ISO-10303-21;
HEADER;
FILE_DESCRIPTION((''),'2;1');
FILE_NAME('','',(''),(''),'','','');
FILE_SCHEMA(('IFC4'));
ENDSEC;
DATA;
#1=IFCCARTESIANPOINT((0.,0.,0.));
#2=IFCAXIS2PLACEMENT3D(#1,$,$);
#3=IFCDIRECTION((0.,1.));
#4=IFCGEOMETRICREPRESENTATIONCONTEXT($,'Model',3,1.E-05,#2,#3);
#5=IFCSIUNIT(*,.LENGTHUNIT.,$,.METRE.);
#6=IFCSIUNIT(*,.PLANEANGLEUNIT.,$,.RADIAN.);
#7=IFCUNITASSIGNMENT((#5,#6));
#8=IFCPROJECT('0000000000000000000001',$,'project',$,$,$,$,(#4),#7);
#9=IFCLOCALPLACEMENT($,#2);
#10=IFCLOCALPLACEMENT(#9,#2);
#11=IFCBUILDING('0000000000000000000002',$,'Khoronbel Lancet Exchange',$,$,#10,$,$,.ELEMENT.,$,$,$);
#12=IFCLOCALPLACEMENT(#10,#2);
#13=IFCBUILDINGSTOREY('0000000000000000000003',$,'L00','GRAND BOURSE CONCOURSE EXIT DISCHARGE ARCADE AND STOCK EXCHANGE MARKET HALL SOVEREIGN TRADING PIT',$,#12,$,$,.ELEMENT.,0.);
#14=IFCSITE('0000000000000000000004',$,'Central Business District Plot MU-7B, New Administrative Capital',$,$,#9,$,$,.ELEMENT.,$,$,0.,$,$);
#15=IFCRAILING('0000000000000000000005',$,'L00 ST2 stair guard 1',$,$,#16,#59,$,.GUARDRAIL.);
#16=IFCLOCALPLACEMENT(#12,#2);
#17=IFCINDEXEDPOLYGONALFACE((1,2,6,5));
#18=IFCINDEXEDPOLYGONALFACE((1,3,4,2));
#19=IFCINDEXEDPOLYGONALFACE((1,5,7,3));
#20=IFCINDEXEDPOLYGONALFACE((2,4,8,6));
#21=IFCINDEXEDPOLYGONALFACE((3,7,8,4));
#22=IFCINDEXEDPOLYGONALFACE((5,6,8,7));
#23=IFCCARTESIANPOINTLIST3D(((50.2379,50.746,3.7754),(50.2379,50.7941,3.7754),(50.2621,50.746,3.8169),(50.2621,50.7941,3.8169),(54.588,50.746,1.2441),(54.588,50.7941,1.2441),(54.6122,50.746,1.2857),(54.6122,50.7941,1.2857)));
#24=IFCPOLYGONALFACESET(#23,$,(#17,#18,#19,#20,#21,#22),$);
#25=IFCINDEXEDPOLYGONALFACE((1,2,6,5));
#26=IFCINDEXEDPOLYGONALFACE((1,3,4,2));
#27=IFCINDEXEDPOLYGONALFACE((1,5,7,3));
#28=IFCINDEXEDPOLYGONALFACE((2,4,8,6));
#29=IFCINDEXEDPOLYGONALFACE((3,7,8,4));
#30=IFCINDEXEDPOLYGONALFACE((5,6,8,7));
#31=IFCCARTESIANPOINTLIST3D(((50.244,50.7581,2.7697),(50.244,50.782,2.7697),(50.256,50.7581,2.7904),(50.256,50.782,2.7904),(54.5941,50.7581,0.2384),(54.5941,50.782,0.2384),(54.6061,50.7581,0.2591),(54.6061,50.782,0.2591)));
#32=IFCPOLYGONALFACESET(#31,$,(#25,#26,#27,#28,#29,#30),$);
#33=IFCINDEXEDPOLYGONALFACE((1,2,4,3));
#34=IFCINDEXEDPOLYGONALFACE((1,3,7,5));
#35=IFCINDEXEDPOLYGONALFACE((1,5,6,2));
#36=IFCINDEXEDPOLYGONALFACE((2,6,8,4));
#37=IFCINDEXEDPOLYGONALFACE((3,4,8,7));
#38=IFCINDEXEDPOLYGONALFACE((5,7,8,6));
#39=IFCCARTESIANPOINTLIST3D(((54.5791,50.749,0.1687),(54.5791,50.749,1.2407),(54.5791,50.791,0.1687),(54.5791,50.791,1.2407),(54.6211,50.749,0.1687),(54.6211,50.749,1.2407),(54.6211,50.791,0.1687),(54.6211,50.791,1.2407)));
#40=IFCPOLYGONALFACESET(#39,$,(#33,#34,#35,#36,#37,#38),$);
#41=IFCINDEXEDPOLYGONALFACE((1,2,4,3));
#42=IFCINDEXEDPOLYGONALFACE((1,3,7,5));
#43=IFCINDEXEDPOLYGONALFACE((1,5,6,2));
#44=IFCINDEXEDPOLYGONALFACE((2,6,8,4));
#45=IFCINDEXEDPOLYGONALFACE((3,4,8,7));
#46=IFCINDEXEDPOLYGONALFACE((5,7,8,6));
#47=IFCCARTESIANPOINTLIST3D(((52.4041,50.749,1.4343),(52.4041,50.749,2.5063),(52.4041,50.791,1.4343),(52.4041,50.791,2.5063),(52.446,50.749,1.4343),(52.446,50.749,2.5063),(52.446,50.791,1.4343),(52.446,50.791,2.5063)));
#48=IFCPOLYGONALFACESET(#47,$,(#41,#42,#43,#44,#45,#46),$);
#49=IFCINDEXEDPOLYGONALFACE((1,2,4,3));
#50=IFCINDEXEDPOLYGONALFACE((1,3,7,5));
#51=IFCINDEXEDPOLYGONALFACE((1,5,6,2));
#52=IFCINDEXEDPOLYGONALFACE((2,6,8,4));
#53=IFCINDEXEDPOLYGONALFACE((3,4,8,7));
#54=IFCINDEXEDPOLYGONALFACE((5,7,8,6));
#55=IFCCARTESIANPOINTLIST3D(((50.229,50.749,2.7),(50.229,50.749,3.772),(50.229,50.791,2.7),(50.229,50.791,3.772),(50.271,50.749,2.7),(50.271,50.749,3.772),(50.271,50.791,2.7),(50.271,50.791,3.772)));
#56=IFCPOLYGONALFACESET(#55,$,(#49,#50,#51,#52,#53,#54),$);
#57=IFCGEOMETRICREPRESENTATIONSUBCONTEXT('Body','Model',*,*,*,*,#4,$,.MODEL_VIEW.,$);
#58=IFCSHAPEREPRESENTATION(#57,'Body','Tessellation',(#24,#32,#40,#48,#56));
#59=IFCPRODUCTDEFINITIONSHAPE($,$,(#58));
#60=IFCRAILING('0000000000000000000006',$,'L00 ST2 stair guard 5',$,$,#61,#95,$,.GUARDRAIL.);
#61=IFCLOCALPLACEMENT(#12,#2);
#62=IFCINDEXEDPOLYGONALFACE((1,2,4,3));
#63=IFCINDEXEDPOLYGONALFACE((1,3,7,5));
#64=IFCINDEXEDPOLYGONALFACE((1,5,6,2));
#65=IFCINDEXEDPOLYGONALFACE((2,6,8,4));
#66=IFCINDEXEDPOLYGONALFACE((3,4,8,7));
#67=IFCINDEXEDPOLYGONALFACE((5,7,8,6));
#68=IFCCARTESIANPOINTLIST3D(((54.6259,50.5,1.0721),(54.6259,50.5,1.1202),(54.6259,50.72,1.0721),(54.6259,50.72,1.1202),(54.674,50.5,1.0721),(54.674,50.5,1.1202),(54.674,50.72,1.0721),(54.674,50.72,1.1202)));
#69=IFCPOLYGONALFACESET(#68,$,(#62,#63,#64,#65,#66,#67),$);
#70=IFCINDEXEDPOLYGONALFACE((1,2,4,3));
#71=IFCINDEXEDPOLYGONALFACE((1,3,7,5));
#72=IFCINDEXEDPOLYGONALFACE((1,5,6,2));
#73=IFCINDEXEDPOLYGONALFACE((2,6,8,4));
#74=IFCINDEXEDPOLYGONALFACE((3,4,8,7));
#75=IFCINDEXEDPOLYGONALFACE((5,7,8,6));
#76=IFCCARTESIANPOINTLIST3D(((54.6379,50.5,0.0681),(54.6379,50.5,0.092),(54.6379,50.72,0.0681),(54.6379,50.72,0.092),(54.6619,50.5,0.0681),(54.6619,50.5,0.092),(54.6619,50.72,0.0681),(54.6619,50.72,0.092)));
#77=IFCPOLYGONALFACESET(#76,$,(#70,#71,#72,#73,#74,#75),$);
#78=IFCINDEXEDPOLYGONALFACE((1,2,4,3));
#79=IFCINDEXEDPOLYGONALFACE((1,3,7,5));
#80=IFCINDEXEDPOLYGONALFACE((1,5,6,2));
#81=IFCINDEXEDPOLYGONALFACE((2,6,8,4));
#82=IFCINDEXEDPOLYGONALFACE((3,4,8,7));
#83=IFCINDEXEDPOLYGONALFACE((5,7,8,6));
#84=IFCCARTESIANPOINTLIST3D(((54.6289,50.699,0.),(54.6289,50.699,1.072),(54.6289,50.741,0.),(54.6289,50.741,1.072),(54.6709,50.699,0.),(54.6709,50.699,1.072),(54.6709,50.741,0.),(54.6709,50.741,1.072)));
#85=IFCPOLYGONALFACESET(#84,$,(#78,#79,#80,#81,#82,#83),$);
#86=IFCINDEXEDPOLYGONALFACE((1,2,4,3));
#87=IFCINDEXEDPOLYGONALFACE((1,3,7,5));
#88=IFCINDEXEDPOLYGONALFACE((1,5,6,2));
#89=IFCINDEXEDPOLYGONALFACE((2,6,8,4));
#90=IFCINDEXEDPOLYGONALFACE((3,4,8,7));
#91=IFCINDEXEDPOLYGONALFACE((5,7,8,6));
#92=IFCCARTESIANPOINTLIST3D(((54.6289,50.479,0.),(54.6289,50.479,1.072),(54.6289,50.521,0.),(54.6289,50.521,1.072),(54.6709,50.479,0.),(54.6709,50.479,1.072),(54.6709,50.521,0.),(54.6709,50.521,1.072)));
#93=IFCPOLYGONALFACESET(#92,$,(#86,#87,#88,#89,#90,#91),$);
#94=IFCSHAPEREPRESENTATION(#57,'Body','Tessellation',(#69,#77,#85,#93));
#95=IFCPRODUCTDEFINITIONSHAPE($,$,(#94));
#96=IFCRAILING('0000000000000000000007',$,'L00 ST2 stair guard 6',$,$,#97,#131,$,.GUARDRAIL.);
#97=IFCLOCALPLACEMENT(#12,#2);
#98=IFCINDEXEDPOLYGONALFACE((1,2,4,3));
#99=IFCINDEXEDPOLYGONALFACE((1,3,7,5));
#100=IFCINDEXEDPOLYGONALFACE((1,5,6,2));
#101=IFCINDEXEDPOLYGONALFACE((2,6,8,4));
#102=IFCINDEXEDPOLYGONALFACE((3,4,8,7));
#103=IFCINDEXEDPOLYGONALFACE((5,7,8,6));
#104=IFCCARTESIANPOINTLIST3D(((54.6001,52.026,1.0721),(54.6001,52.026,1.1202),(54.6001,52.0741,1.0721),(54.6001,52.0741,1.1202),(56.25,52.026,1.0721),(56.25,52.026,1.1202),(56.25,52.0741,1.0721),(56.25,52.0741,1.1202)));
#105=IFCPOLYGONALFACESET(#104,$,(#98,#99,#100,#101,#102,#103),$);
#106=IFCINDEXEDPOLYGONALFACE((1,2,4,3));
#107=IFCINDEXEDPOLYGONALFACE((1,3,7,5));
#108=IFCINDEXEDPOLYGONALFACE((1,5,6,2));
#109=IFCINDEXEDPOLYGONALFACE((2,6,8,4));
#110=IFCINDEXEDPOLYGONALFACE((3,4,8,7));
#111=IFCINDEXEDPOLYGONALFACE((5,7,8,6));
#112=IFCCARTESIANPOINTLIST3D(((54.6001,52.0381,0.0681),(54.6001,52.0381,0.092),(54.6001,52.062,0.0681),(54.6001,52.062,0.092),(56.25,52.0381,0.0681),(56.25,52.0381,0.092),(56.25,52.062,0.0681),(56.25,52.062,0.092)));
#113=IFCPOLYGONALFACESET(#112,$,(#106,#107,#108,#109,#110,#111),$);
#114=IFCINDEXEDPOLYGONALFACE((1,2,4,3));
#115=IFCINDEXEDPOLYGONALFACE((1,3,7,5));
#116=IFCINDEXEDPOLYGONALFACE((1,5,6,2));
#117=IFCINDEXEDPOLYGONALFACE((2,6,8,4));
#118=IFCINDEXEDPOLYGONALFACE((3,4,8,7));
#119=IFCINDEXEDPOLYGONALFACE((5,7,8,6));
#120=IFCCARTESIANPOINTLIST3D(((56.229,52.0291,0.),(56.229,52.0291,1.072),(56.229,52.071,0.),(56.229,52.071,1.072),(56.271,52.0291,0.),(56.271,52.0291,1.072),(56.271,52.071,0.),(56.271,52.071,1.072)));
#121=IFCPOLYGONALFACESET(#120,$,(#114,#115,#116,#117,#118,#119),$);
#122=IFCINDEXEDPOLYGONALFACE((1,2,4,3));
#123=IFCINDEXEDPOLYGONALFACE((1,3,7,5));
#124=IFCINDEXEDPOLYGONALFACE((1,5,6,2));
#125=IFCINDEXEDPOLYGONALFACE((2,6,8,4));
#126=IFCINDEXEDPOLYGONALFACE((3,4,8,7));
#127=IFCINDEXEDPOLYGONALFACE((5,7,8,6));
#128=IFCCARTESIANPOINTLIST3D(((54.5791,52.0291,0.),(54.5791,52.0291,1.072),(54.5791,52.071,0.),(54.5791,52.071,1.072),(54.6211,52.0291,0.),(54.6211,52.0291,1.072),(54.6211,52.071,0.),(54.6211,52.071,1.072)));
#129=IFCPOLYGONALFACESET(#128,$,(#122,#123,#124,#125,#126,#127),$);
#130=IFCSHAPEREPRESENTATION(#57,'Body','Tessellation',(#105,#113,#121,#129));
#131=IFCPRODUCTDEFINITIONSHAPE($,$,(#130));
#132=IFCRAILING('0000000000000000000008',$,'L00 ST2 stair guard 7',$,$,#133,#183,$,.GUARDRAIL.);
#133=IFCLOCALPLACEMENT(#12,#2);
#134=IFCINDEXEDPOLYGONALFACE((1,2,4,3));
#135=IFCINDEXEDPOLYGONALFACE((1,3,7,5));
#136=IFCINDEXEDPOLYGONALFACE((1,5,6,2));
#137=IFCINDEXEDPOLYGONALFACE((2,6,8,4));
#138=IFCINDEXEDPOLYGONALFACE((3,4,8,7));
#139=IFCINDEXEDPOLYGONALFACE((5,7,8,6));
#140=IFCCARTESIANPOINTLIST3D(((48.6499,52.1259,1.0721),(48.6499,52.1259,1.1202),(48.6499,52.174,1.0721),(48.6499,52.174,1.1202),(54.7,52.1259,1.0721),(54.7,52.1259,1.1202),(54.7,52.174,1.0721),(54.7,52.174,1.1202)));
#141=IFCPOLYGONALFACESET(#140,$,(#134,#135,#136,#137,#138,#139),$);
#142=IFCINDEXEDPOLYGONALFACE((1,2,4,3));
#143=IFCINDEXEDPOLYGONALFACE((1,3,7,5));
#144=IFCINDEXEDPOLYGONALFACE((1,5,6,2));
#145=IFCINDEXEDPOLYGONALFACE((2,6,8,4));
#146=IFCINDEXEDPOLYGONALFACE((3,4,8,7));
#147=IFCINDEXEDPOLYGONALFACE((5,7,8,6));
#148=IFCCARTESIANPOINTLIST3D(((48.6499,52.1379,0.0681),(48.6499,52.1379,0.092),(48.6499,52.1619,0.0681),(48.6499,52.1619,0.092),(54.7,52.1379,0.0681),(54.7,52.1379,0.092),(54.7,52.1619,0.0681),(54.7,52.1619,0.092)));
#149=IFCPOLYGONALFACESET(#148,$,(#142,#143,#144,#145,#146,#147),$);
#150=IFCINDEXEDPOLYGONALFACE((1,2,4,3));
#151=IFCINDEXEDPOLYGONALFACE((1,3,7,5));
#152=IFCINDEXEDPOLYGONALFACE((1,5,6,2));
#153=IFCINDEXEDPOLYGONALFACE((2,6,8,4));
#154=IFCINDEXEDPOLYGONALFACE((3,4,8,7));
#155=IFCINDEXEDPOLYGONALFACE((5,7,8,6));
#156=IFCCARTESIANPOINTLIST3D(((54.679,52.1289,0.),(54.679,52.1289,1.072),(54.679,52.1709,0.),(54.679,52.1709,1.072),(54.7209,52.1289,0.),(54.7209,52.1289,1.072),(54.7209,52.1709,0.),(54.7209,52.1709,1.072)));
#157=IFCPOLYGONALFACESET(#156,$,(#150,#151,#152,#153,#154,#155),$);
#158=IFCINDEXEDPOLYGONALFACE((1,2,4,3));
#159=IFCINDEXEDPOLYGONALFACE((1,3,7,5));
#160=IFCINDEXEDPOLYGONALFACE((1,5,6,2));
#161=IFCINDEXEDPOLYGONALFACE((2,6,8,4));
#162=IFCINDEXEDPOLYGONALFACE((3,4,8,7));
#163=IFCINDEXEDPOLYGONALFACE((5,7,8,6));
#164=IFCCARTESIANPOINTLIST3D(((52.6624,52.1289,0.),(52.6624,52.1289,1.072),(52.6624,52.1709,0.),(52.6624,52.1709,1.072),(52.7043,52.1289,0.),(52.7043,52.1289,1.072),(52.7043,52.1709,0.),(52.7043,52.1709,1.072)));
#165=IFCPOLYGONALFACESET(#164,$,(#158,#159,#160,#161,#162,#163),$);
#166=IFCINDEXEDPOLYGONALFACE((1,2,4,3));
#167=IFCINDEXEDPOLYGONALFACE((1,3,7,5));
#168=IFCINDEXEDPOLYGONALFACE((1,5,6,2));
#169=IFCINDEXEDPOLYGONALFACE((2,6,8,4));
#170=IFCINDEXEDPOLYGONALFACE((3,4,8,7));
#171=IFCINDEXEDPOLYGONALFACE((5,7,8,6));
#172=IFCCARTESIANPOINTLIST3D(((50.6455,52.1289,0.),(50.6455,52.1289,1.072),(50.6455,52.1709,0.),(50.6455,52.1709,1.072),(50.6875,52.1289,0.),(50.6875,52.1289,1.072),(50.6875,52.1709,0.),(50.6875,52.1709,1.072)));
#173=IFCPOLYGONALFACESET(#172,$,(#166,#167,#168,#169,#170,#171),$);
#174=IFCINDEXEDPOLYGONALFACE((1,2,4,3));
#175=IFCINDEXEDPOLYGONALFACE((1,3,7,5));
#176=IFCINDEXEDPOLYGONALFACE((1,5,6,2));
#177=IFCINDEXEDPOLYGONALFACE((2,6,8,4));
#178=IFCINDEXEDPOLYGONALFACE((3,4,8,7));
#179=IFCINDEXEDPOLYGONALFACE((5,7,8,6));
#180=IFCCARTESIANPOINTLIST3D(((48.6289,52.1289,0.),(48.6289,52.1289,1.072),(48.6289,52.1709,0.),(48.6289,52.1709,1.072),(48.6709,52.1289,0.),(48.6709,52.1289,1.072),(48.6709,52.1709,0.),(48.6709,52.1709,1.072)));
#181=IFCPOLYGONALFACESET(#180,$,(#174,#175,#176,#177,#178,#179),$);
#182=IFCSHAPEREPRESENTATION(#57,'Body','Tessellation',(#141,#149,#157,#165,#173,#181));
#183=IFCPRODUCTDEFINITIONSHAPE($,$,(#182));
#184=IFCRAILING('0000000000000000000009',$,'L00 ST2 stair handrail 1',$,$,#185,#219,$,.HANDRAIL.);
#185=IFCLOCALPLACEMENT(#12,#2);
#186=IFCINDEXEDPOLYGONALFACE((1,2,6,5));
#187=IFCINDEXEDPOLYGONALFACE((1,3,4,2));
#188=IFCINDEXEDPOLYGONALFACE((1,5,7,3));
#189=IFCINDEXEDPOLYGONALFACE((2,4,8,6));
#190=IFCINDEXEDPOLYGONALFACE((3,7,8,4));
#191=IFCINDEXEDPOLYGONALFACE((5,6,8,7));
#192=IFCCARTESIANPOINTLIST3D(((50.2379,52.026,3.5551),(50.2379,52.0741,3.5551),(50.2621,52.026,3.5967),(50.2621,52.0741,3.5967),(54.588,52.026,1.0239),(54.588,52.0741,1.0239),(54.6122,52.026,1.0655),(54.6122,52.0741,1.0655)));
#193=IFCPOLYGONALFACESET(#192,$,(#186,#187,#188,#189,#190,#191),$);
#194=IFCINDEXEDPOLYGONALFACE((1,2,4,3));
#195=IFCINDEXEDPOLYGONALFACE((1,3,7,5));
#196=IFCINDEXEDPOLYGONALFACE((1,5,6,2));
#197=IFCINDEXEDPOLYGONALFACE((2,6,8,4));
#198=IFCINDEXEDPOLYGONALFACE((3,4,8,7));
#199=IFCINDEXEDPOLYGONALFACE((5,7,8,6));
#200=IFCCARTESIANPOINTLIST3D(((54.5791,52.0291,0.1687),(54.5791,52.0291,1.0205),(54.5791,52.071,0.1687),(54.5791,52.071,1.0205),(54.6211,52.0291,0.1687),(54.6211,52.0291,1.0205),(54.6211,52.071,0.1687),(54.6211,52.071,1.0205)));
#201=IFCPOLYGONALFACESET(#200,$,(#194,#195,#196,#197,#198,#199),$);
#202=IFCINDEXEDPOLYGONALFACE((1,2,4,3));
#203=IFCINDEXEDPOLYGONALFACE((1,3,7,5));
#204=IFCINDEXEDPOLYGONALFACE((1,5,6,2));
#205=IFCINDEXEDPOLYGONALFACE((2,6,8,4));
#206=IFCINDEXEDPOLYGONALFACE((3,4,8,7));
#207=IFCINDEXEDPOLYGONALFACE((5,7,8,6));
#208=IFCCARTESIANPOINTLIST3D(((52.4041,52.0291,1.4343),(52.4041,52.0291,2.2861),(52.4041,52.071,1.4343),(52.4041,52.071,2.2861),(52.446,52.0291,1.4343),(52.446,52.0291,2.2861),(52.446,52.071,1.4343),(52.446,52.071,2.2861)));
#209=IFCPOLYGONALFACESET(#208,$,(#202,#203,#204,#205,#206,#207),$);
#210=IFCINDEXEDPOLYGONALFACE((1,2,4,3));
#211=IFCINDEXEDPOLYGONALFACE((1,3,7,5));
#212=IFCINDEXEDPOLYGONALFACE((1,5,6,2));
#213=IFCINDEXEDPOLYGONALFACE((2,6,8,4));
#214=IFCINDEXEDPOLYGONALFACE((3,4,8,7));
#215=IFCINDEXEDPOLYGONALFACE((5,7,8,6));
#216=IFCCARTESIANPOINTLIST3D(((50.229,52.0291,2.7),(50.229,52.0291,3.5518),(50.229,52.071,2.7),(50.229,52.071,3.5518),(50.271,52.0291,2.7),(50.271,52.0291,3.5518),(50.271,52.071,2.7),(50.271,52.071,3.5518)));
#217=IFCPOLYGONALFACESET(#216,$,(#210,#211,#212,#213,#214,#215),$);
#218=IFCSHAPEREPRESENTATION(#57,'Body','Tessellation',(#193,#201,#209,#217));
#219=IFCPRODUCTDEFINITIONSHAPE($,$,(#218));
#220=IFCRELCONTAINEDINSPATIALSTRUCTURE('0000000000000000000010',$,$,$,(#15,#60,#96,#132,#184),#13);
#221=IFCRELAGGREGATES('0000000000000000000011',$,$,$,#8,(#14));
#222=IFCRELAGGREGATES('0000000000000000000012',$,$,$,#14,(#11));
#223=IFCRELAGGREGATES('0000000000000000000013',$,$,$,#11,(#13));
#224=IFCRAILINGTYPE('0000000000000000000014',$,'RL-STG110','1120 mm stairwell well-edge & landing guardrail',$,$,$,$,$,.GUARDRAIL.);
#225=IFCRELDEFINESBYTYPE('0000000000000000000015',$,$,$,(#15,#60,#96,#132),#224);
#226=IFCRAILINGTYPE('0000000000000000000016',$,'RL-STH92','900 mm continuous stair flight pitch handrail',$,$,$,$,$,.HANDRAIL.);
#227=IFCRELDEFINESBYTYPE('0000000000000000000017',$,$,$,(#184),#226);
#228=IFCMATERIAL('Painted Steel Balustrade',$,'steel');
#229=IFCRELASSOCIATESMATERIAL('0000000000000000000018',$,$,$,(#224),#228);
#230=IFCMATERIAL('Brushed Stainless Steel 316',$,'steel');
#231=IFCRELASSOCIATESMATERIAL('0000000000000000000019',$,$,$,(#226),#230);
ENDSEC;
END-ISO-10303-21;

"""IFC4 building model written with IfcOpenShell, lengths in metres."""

from ifc_helpers import new_model, si_unit, direction, frame, origin, origin_2d, place, context, subcontext, project, spatial, rectangle, extrude, material, type_object, element, save


model = new_model("IFC4")

# Units and contexts
model_context = context("Model", 3, precision=1e-05, world=origin(), true_north=direction((0.0, 1.0)))
body_context = subcontext(model_context, "Body", "Model", "MODEL_VIEW")
ifc_project = project(units=[si_unit("LENGTHUNIT", "METRE"), si_unit("PLANEANGLEUNIT", "RADIAN")], contexts=[model_context])

# Site, building, storey
site_placement = place(None, origin())
site = spatial("IfcSite", under=ifc_project, at=site_placement, Name="Central Business District Plot MU-7B, New Administrative Capital", CompositionType="ELEMENT", RefElevation=0.0)
building_placement = place(site_placement, origin())
building = spatial("IfcBuilding", under=site, at=building_placement, Name="Khoronbel Lancet Exchange", CompositionType="ELEMENT")
storey_placement = place(building_placement, origin())
storey = spatial("IfcBuildingStorey", under=building, at=storey_placement, Name="L00", Description="GRAND BOURSE CONCOURSE EXIT DISCHARGE ARCADE AND STOCK EXCHANGE MARKET HALL SOVEREIGN TRADING PIT", CompositionType="ELEMENT", Elevation=0.0)

# Railings
ifc_material_1 = material(Name="Painted Steel Balustrade", Category="steel")
railing_type_1 = type_object("IfcRailingType", Name="RL-STG110", Description="1120 mm stairwell well-edge & landing guardrail", PredefinedType="GUARDRAIL", material=ifc_material_1)
railing_1_placement = place(storey_placement, frame((54.6001, 50.77, 0.1687)))
element("IfcRailing", 1, at=railing_1_placement, inside=storey, type_object=railing_type_1, Name="L00 ST2 stair guard 1", PredefinedType="GUARDRAIL", context=body_context, shape_type="SweptSolid", body=[
    extrude(rectangle(XDim=0.0481, YDim=0.0481, at=origin_2d()), frame((0.0, 0.0, 1.0962), z_axis=(-0.864324, 0.0, 0.502936), x_axis=(0.0, -1.0, 0.0)), (0.0, 0.0, 1.0), 5.033),
    extrude(rectangle(XDim=0.0239, YDim=0.0239, at=origin_2d()), frame((0.0, 0.0, 0.0801), z_axis=(-0.864324, 0.0, 0.502936), x_axis=(0.0, -1.0, 0.0)), (0.0, 0.0, 1.0), 5.033),
    extrude(rectangle(XDim=0.042, YDim=0.042, at=origin_2d()), origin(), (0.0, 0.0, 1.0), 1.072),
    extrude(rectangle(XDim=0.042, YDim=0.042, at=origin_2d()), frame((-2.175, 0.0, 1.2656)), (0.0, 0.0, 1.0), 1.072),
    extrude(rectangle(XDim=0.042, YDim=0.042, at=origin_2d()), frame((-4.3501, 0.0, 2.5312)), (0.0, 0.0, 1.0), 1.072),
])
railing_2_placement = place(storey_placement, frame((54.6499, 50.72, 0.0)))
element("IfcRailing", 2, at=railing_2_placement, inside=storey, type_object=railing_type_1, Name="L00 ST2 stair guard 5", PredefinedType="GUARDRAIL", context=body_context, shape_type="SweptSolid", body=[
    extrude(rectangle(XDim=0.0481, YDim=0.0481, at=origin_2d()), frame((0.0, 0.0, 1.0962), z_axis=(0.0, -1.0, 0.0), x_axis=(1.0, 0.0, 0.0)), (0.0, 0.0, 1.0), 0.22),
    extrude(rectangle(XDim=0.0239, YDim=0.0239, at=origin_2d()), frame((0.0, 0.0, 0.0801), z_axis=(0.0, -1.0, 0.0), x_axis=(1.0, 0.0, 0.0)), (0.0, 0.0, 1.0), 0.22),
    extrude(rectangle(XDim=0.042, YDim=0.042, at=origin_2d()), origin(), (0.0, 0.0, 1.0), 1.072),
    extrude(rectangle(XDim=0.042, YDim=0.042, at=origin_2d()), frame((0.0, -0.22, 0.0)), (0.0, 0.0, 1.0), 1.072),
])
railing_3_placement = place(storey_placement, frame((56.25, 52.05, 0.0)))
element("IfcRailing", 3, at=railing_3_placement, inside=storey, type_object=railing_type_1, Name="L00 ST2 stair guard 6", PredefinedType="GUARDRAIL", context=body_context, shape_type="SweptSolid", body=[
    extrude(rectangle(XDim=0.0481, YDim=0.0481, at=origin_2d()), frame((0.0, 0.0, 1.0962), z_axis=(-1.0, 0.0, 0.0), x_axis=(0.0, -1.0, 0.0)), (0.0, 0.0, 1.0), 1.6499),
    extrude(rectangle(XDim=0.0239, YDim=0.0239, at=origin_2d()), frame((0.0, 0.0, 0.0801), z_axis=(-1.0, 0.0, 0.0), x_axis=(0.0, -1.0, 0.0)), (0.0, 0.0, 1.0), 1.6499),
    extrude(rectangle(XDim=0.042, YDim=0.042, at=origin_2d()), origin(), (0.0, 0.0, 1.0), 1.072),
    extrude(rectangle(XDim=0.042, YDim=0.042, at=origin_2d()), frame((-1.6499, 0.0, 0.0)), (0.0, 0.0, 1.0), 1.072),
])
railing_4_placement = place(storey_placement, frame((54.7, 52.1499, 0.0)))
element("IfcRailing", 4, at=railing_4_placement, inside=storey, type_object=railing_type_1, Name="L00 ST2 stair guard 7", PredefinedType="GUARDRAIL", context=body_context, shape_type="SweptSolid", body=[
    extrude(rectangle(XDim=0.0481, YDim=0.0481, at=origin_2d()), frame((0.0, 0.0, 1.0962), z_axis=(-1.0, 0.0, 0.0), x_axis=(0.0, -1.0, 0.0)), (0.0, 0.0, 1.0), 6.05),
    extrude(rectangle(XDim=0.0239, YDim=0.0239, at=origin_2d()), frame((0.0, 0.0, 0.0801), z_axis=(-1.0, 0.0, 0.0), x_axis=(0.0, -1.0, 0.0)), (0.0, 0.0, 1.0), 6.05),
    extrude(rectangle(XDim=0.042, YDim=0.042, at=origin_2d()), origin(), (0.0, 0.0, 1.0), 1.072),
    extrude(rectangle(XDim=0.042, YDim=0.042, at=origin_2d()), frame((-2.0166, 0.0, 0.0)), (0.0, 0.0, 1.0), 1.072),
    extrude(rectangle(XDim=0.042, YDim=0.042, at=origin_2d()), frame((-4.0334, 0.0, 0.0)), (0.0, 0.0, 1.0), 1.072),
    extrude(rectangle(XDim=0.042, YDim=0.042, at=origin_2d()), frame((-6.05, 0.0, 0.0)), (0.0, 0.0, 1.0), 1.072),
])
ifc_material_2 = material(Name="Brushed Stainless Steel 316", Category="steel")
railing_type_2 = type_object("IfcRailingType", Name="RL-STH92", Description="900 mm continuous stair flight pitch handrail", PredefinedType="HANDRAIL", material=ifc_material_2)
railing_5_placement = place(storey_placement, frame((54.6001, 52.05, 0.1687)))
element("IfcRailing", 5, at=railing_5_placement, inside=storey, type_object=railing_type_2, Name="L00 ST2 stair handrail 1", PredefinedType="HANDRAIL", context=body_context, shape_type="SweptSolid", body=[
    extrude(rectangle(XDim=0.0481, YDim=0.0481, at=origin_2d()), frame((0.0, 0.0, 0.876), z_axis=(-0.864324, 0.0, 0.502936), x_axis=(0.0, -1.0, 0.0)), (0.0, 0.0, 1.0), 5.033),
    extrude(rectangle(XDim=0.042, YDim=0.042, at=origin_2d()), origin(), (0.0, 0.0, 1.0), 0.8518),
    extrude(rectangle(XDim=0.042, YDim=0.042, at=origin_2d()), frame((-2.175, 0.0, 1.2656)), (0.0, 0.0, 1.0), 0.8518),
    extrude(rectangle(XDim=0.042, YDim=0.042, at=origin_2d()), frame((-4.3501, 0.0, 2.5312)), (0.0, 0.0, 1.0), 0.8518),
])

save(model, "model.ifc")
